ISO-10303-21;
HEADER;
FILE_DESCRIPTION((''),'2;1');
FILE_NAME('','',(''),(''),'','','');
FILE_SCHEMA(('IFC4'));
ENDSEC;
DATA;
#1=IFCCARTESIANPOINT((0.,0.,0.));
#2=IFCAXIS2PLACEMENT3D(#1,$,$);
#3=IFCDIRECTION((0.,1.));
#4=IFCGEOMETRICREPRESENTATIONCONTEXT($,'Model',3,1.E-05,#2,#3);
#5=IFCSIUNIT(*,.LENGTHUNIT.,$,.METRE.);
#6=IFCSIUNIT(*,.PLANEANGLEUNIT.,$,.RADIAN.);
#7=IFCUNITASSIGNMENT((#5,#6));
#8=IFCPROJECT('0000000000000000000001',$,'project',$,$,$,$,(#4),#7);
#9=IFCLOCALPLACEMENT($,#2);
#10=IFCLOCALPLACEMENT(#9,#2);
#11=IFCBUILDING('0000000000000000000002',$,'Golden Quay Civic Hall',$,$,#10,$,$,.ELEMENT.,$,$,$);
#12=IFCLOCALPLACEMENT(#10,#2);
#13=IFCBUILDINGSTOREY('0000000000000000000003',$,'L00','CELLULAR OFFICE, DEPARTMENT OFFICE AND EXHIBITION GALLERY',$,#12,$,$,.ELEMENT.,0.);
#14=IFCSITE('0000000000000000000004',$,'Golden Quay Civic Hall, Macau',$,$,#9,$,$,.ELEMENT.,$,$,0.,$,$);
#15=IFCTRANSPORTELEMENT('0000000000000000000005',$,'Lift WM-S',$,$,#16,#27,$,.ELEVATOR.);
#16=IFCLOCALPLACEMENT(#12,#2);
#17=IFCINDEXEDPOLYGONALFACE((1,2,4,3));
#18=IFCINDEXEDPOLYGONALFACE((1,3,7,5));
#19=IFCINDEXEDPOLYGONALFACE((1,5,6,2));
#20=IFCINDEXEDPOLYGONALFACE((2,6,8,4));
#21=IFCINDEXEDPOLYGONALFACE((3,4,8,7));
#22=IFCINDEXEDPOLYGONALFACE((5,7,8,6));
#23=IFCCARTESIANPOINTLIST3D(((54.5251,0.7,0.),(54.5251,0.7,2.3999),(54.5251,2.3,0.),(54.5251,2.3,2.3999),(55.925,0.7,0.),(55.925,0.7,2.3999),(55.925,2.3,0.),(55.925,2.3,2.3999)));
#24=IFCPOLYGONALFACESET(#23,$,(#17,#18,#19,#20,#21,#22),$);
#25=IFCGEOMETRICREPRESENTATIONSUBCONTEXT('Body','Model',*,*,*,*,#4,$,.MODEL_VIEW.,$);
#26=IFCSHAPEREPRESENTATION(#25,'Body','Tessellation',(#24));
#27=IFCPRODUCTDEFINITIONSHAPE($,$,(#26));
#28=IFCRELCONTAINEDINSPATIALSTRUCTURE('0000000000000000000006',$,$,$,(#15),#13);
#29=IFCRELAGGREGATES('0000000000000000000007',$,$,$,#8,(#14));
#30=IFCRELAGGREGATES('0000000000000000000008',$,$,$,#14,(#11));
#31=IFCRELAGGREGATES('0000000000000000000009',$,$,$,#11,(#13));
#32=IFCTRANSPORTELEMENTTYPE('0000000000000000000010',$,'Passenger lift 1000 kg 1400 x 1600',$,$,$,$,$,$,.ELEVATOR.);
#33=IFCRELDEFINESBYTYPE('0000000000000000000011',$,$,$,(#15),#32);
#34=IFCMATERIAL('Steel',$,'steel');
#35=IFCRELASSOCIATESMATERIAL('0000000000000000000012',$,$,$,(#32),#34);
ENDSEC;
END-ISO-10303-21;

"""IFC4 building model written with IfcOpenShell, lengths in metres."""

from ifc_helpers import new_model, si_unit, direction, frame, origin, origin_2d, place, context, subcontext, project, spatial, rectangle, extrude, material, type_object, element, save


model = new_model("IFC4")

# Units and contexts
model_context = context("Model", 3, precision=1e-05, world=origin(), true_north=direction((0.0, 1.0)))
body_context = subcontext(model_context, "Body", "Model", "MODEL_VIEW")
ifc_project = project(units=[si_unit("LENGTHUNIT", "METRE"), si_unit("PLANEANGLEUNIT", "RADIAN")], contexts=[model_context])

# Site, building, storey
site_placement = place(None, origin())
site = spatial("IfcSite", under=ifc_project, at=site_placement, Name="Golden Quay Civic Hall, Macau", CompositionType="ELEMENT", RefElevation=0.0)
building_placement = place(site_placement, origin())
building = spatial("IfcBuilding", under=site, at=building_placement, Name="Golden Quay Civic Hall", CompositionType="ELEMENT")
storey_placement = place(building_placement, origin())
storey = spatial("IfcBuildingStorey", under=building, at=storey_placement, Name="L00", Description="CELLULAR OFFICE, DEPARTMENT OFFICE AND EXHIBITION GALLERY", CompositionType="ELEMENT", Elevation=0.0)

# Transport element
ifc_material_1 = material(Name="Steel", Category="steel")
transport_element_type = type_object("IfcTransportElementType", Name="Passenger lift 1000 kg 1400 x 1600", PredefinedType="ELEVATOR", material=ifc_material_1)
transport_element_placement = place(storey_placement, frame((55.2251, 1.5, 0.0), z_axis=(0.0, 0.0, 1.0), x_axis=(1.0, 0.0, 0.0)))
element("IfcTransportElement", 1, at=transport_element_placement, inside=storey, type_object=transport_element_type, Name="Lift WM-S", PredefinedType="ELEVATOR", context=body_context, shape_type="SweptSolid", body=[
    extrude(rectangle(XDim=1.3999, YDim=1.6001, at=origin_2d()), origin(), (0.0, 0.0, 1.0), 2.3999),
])

save(model, "model.ifc")
